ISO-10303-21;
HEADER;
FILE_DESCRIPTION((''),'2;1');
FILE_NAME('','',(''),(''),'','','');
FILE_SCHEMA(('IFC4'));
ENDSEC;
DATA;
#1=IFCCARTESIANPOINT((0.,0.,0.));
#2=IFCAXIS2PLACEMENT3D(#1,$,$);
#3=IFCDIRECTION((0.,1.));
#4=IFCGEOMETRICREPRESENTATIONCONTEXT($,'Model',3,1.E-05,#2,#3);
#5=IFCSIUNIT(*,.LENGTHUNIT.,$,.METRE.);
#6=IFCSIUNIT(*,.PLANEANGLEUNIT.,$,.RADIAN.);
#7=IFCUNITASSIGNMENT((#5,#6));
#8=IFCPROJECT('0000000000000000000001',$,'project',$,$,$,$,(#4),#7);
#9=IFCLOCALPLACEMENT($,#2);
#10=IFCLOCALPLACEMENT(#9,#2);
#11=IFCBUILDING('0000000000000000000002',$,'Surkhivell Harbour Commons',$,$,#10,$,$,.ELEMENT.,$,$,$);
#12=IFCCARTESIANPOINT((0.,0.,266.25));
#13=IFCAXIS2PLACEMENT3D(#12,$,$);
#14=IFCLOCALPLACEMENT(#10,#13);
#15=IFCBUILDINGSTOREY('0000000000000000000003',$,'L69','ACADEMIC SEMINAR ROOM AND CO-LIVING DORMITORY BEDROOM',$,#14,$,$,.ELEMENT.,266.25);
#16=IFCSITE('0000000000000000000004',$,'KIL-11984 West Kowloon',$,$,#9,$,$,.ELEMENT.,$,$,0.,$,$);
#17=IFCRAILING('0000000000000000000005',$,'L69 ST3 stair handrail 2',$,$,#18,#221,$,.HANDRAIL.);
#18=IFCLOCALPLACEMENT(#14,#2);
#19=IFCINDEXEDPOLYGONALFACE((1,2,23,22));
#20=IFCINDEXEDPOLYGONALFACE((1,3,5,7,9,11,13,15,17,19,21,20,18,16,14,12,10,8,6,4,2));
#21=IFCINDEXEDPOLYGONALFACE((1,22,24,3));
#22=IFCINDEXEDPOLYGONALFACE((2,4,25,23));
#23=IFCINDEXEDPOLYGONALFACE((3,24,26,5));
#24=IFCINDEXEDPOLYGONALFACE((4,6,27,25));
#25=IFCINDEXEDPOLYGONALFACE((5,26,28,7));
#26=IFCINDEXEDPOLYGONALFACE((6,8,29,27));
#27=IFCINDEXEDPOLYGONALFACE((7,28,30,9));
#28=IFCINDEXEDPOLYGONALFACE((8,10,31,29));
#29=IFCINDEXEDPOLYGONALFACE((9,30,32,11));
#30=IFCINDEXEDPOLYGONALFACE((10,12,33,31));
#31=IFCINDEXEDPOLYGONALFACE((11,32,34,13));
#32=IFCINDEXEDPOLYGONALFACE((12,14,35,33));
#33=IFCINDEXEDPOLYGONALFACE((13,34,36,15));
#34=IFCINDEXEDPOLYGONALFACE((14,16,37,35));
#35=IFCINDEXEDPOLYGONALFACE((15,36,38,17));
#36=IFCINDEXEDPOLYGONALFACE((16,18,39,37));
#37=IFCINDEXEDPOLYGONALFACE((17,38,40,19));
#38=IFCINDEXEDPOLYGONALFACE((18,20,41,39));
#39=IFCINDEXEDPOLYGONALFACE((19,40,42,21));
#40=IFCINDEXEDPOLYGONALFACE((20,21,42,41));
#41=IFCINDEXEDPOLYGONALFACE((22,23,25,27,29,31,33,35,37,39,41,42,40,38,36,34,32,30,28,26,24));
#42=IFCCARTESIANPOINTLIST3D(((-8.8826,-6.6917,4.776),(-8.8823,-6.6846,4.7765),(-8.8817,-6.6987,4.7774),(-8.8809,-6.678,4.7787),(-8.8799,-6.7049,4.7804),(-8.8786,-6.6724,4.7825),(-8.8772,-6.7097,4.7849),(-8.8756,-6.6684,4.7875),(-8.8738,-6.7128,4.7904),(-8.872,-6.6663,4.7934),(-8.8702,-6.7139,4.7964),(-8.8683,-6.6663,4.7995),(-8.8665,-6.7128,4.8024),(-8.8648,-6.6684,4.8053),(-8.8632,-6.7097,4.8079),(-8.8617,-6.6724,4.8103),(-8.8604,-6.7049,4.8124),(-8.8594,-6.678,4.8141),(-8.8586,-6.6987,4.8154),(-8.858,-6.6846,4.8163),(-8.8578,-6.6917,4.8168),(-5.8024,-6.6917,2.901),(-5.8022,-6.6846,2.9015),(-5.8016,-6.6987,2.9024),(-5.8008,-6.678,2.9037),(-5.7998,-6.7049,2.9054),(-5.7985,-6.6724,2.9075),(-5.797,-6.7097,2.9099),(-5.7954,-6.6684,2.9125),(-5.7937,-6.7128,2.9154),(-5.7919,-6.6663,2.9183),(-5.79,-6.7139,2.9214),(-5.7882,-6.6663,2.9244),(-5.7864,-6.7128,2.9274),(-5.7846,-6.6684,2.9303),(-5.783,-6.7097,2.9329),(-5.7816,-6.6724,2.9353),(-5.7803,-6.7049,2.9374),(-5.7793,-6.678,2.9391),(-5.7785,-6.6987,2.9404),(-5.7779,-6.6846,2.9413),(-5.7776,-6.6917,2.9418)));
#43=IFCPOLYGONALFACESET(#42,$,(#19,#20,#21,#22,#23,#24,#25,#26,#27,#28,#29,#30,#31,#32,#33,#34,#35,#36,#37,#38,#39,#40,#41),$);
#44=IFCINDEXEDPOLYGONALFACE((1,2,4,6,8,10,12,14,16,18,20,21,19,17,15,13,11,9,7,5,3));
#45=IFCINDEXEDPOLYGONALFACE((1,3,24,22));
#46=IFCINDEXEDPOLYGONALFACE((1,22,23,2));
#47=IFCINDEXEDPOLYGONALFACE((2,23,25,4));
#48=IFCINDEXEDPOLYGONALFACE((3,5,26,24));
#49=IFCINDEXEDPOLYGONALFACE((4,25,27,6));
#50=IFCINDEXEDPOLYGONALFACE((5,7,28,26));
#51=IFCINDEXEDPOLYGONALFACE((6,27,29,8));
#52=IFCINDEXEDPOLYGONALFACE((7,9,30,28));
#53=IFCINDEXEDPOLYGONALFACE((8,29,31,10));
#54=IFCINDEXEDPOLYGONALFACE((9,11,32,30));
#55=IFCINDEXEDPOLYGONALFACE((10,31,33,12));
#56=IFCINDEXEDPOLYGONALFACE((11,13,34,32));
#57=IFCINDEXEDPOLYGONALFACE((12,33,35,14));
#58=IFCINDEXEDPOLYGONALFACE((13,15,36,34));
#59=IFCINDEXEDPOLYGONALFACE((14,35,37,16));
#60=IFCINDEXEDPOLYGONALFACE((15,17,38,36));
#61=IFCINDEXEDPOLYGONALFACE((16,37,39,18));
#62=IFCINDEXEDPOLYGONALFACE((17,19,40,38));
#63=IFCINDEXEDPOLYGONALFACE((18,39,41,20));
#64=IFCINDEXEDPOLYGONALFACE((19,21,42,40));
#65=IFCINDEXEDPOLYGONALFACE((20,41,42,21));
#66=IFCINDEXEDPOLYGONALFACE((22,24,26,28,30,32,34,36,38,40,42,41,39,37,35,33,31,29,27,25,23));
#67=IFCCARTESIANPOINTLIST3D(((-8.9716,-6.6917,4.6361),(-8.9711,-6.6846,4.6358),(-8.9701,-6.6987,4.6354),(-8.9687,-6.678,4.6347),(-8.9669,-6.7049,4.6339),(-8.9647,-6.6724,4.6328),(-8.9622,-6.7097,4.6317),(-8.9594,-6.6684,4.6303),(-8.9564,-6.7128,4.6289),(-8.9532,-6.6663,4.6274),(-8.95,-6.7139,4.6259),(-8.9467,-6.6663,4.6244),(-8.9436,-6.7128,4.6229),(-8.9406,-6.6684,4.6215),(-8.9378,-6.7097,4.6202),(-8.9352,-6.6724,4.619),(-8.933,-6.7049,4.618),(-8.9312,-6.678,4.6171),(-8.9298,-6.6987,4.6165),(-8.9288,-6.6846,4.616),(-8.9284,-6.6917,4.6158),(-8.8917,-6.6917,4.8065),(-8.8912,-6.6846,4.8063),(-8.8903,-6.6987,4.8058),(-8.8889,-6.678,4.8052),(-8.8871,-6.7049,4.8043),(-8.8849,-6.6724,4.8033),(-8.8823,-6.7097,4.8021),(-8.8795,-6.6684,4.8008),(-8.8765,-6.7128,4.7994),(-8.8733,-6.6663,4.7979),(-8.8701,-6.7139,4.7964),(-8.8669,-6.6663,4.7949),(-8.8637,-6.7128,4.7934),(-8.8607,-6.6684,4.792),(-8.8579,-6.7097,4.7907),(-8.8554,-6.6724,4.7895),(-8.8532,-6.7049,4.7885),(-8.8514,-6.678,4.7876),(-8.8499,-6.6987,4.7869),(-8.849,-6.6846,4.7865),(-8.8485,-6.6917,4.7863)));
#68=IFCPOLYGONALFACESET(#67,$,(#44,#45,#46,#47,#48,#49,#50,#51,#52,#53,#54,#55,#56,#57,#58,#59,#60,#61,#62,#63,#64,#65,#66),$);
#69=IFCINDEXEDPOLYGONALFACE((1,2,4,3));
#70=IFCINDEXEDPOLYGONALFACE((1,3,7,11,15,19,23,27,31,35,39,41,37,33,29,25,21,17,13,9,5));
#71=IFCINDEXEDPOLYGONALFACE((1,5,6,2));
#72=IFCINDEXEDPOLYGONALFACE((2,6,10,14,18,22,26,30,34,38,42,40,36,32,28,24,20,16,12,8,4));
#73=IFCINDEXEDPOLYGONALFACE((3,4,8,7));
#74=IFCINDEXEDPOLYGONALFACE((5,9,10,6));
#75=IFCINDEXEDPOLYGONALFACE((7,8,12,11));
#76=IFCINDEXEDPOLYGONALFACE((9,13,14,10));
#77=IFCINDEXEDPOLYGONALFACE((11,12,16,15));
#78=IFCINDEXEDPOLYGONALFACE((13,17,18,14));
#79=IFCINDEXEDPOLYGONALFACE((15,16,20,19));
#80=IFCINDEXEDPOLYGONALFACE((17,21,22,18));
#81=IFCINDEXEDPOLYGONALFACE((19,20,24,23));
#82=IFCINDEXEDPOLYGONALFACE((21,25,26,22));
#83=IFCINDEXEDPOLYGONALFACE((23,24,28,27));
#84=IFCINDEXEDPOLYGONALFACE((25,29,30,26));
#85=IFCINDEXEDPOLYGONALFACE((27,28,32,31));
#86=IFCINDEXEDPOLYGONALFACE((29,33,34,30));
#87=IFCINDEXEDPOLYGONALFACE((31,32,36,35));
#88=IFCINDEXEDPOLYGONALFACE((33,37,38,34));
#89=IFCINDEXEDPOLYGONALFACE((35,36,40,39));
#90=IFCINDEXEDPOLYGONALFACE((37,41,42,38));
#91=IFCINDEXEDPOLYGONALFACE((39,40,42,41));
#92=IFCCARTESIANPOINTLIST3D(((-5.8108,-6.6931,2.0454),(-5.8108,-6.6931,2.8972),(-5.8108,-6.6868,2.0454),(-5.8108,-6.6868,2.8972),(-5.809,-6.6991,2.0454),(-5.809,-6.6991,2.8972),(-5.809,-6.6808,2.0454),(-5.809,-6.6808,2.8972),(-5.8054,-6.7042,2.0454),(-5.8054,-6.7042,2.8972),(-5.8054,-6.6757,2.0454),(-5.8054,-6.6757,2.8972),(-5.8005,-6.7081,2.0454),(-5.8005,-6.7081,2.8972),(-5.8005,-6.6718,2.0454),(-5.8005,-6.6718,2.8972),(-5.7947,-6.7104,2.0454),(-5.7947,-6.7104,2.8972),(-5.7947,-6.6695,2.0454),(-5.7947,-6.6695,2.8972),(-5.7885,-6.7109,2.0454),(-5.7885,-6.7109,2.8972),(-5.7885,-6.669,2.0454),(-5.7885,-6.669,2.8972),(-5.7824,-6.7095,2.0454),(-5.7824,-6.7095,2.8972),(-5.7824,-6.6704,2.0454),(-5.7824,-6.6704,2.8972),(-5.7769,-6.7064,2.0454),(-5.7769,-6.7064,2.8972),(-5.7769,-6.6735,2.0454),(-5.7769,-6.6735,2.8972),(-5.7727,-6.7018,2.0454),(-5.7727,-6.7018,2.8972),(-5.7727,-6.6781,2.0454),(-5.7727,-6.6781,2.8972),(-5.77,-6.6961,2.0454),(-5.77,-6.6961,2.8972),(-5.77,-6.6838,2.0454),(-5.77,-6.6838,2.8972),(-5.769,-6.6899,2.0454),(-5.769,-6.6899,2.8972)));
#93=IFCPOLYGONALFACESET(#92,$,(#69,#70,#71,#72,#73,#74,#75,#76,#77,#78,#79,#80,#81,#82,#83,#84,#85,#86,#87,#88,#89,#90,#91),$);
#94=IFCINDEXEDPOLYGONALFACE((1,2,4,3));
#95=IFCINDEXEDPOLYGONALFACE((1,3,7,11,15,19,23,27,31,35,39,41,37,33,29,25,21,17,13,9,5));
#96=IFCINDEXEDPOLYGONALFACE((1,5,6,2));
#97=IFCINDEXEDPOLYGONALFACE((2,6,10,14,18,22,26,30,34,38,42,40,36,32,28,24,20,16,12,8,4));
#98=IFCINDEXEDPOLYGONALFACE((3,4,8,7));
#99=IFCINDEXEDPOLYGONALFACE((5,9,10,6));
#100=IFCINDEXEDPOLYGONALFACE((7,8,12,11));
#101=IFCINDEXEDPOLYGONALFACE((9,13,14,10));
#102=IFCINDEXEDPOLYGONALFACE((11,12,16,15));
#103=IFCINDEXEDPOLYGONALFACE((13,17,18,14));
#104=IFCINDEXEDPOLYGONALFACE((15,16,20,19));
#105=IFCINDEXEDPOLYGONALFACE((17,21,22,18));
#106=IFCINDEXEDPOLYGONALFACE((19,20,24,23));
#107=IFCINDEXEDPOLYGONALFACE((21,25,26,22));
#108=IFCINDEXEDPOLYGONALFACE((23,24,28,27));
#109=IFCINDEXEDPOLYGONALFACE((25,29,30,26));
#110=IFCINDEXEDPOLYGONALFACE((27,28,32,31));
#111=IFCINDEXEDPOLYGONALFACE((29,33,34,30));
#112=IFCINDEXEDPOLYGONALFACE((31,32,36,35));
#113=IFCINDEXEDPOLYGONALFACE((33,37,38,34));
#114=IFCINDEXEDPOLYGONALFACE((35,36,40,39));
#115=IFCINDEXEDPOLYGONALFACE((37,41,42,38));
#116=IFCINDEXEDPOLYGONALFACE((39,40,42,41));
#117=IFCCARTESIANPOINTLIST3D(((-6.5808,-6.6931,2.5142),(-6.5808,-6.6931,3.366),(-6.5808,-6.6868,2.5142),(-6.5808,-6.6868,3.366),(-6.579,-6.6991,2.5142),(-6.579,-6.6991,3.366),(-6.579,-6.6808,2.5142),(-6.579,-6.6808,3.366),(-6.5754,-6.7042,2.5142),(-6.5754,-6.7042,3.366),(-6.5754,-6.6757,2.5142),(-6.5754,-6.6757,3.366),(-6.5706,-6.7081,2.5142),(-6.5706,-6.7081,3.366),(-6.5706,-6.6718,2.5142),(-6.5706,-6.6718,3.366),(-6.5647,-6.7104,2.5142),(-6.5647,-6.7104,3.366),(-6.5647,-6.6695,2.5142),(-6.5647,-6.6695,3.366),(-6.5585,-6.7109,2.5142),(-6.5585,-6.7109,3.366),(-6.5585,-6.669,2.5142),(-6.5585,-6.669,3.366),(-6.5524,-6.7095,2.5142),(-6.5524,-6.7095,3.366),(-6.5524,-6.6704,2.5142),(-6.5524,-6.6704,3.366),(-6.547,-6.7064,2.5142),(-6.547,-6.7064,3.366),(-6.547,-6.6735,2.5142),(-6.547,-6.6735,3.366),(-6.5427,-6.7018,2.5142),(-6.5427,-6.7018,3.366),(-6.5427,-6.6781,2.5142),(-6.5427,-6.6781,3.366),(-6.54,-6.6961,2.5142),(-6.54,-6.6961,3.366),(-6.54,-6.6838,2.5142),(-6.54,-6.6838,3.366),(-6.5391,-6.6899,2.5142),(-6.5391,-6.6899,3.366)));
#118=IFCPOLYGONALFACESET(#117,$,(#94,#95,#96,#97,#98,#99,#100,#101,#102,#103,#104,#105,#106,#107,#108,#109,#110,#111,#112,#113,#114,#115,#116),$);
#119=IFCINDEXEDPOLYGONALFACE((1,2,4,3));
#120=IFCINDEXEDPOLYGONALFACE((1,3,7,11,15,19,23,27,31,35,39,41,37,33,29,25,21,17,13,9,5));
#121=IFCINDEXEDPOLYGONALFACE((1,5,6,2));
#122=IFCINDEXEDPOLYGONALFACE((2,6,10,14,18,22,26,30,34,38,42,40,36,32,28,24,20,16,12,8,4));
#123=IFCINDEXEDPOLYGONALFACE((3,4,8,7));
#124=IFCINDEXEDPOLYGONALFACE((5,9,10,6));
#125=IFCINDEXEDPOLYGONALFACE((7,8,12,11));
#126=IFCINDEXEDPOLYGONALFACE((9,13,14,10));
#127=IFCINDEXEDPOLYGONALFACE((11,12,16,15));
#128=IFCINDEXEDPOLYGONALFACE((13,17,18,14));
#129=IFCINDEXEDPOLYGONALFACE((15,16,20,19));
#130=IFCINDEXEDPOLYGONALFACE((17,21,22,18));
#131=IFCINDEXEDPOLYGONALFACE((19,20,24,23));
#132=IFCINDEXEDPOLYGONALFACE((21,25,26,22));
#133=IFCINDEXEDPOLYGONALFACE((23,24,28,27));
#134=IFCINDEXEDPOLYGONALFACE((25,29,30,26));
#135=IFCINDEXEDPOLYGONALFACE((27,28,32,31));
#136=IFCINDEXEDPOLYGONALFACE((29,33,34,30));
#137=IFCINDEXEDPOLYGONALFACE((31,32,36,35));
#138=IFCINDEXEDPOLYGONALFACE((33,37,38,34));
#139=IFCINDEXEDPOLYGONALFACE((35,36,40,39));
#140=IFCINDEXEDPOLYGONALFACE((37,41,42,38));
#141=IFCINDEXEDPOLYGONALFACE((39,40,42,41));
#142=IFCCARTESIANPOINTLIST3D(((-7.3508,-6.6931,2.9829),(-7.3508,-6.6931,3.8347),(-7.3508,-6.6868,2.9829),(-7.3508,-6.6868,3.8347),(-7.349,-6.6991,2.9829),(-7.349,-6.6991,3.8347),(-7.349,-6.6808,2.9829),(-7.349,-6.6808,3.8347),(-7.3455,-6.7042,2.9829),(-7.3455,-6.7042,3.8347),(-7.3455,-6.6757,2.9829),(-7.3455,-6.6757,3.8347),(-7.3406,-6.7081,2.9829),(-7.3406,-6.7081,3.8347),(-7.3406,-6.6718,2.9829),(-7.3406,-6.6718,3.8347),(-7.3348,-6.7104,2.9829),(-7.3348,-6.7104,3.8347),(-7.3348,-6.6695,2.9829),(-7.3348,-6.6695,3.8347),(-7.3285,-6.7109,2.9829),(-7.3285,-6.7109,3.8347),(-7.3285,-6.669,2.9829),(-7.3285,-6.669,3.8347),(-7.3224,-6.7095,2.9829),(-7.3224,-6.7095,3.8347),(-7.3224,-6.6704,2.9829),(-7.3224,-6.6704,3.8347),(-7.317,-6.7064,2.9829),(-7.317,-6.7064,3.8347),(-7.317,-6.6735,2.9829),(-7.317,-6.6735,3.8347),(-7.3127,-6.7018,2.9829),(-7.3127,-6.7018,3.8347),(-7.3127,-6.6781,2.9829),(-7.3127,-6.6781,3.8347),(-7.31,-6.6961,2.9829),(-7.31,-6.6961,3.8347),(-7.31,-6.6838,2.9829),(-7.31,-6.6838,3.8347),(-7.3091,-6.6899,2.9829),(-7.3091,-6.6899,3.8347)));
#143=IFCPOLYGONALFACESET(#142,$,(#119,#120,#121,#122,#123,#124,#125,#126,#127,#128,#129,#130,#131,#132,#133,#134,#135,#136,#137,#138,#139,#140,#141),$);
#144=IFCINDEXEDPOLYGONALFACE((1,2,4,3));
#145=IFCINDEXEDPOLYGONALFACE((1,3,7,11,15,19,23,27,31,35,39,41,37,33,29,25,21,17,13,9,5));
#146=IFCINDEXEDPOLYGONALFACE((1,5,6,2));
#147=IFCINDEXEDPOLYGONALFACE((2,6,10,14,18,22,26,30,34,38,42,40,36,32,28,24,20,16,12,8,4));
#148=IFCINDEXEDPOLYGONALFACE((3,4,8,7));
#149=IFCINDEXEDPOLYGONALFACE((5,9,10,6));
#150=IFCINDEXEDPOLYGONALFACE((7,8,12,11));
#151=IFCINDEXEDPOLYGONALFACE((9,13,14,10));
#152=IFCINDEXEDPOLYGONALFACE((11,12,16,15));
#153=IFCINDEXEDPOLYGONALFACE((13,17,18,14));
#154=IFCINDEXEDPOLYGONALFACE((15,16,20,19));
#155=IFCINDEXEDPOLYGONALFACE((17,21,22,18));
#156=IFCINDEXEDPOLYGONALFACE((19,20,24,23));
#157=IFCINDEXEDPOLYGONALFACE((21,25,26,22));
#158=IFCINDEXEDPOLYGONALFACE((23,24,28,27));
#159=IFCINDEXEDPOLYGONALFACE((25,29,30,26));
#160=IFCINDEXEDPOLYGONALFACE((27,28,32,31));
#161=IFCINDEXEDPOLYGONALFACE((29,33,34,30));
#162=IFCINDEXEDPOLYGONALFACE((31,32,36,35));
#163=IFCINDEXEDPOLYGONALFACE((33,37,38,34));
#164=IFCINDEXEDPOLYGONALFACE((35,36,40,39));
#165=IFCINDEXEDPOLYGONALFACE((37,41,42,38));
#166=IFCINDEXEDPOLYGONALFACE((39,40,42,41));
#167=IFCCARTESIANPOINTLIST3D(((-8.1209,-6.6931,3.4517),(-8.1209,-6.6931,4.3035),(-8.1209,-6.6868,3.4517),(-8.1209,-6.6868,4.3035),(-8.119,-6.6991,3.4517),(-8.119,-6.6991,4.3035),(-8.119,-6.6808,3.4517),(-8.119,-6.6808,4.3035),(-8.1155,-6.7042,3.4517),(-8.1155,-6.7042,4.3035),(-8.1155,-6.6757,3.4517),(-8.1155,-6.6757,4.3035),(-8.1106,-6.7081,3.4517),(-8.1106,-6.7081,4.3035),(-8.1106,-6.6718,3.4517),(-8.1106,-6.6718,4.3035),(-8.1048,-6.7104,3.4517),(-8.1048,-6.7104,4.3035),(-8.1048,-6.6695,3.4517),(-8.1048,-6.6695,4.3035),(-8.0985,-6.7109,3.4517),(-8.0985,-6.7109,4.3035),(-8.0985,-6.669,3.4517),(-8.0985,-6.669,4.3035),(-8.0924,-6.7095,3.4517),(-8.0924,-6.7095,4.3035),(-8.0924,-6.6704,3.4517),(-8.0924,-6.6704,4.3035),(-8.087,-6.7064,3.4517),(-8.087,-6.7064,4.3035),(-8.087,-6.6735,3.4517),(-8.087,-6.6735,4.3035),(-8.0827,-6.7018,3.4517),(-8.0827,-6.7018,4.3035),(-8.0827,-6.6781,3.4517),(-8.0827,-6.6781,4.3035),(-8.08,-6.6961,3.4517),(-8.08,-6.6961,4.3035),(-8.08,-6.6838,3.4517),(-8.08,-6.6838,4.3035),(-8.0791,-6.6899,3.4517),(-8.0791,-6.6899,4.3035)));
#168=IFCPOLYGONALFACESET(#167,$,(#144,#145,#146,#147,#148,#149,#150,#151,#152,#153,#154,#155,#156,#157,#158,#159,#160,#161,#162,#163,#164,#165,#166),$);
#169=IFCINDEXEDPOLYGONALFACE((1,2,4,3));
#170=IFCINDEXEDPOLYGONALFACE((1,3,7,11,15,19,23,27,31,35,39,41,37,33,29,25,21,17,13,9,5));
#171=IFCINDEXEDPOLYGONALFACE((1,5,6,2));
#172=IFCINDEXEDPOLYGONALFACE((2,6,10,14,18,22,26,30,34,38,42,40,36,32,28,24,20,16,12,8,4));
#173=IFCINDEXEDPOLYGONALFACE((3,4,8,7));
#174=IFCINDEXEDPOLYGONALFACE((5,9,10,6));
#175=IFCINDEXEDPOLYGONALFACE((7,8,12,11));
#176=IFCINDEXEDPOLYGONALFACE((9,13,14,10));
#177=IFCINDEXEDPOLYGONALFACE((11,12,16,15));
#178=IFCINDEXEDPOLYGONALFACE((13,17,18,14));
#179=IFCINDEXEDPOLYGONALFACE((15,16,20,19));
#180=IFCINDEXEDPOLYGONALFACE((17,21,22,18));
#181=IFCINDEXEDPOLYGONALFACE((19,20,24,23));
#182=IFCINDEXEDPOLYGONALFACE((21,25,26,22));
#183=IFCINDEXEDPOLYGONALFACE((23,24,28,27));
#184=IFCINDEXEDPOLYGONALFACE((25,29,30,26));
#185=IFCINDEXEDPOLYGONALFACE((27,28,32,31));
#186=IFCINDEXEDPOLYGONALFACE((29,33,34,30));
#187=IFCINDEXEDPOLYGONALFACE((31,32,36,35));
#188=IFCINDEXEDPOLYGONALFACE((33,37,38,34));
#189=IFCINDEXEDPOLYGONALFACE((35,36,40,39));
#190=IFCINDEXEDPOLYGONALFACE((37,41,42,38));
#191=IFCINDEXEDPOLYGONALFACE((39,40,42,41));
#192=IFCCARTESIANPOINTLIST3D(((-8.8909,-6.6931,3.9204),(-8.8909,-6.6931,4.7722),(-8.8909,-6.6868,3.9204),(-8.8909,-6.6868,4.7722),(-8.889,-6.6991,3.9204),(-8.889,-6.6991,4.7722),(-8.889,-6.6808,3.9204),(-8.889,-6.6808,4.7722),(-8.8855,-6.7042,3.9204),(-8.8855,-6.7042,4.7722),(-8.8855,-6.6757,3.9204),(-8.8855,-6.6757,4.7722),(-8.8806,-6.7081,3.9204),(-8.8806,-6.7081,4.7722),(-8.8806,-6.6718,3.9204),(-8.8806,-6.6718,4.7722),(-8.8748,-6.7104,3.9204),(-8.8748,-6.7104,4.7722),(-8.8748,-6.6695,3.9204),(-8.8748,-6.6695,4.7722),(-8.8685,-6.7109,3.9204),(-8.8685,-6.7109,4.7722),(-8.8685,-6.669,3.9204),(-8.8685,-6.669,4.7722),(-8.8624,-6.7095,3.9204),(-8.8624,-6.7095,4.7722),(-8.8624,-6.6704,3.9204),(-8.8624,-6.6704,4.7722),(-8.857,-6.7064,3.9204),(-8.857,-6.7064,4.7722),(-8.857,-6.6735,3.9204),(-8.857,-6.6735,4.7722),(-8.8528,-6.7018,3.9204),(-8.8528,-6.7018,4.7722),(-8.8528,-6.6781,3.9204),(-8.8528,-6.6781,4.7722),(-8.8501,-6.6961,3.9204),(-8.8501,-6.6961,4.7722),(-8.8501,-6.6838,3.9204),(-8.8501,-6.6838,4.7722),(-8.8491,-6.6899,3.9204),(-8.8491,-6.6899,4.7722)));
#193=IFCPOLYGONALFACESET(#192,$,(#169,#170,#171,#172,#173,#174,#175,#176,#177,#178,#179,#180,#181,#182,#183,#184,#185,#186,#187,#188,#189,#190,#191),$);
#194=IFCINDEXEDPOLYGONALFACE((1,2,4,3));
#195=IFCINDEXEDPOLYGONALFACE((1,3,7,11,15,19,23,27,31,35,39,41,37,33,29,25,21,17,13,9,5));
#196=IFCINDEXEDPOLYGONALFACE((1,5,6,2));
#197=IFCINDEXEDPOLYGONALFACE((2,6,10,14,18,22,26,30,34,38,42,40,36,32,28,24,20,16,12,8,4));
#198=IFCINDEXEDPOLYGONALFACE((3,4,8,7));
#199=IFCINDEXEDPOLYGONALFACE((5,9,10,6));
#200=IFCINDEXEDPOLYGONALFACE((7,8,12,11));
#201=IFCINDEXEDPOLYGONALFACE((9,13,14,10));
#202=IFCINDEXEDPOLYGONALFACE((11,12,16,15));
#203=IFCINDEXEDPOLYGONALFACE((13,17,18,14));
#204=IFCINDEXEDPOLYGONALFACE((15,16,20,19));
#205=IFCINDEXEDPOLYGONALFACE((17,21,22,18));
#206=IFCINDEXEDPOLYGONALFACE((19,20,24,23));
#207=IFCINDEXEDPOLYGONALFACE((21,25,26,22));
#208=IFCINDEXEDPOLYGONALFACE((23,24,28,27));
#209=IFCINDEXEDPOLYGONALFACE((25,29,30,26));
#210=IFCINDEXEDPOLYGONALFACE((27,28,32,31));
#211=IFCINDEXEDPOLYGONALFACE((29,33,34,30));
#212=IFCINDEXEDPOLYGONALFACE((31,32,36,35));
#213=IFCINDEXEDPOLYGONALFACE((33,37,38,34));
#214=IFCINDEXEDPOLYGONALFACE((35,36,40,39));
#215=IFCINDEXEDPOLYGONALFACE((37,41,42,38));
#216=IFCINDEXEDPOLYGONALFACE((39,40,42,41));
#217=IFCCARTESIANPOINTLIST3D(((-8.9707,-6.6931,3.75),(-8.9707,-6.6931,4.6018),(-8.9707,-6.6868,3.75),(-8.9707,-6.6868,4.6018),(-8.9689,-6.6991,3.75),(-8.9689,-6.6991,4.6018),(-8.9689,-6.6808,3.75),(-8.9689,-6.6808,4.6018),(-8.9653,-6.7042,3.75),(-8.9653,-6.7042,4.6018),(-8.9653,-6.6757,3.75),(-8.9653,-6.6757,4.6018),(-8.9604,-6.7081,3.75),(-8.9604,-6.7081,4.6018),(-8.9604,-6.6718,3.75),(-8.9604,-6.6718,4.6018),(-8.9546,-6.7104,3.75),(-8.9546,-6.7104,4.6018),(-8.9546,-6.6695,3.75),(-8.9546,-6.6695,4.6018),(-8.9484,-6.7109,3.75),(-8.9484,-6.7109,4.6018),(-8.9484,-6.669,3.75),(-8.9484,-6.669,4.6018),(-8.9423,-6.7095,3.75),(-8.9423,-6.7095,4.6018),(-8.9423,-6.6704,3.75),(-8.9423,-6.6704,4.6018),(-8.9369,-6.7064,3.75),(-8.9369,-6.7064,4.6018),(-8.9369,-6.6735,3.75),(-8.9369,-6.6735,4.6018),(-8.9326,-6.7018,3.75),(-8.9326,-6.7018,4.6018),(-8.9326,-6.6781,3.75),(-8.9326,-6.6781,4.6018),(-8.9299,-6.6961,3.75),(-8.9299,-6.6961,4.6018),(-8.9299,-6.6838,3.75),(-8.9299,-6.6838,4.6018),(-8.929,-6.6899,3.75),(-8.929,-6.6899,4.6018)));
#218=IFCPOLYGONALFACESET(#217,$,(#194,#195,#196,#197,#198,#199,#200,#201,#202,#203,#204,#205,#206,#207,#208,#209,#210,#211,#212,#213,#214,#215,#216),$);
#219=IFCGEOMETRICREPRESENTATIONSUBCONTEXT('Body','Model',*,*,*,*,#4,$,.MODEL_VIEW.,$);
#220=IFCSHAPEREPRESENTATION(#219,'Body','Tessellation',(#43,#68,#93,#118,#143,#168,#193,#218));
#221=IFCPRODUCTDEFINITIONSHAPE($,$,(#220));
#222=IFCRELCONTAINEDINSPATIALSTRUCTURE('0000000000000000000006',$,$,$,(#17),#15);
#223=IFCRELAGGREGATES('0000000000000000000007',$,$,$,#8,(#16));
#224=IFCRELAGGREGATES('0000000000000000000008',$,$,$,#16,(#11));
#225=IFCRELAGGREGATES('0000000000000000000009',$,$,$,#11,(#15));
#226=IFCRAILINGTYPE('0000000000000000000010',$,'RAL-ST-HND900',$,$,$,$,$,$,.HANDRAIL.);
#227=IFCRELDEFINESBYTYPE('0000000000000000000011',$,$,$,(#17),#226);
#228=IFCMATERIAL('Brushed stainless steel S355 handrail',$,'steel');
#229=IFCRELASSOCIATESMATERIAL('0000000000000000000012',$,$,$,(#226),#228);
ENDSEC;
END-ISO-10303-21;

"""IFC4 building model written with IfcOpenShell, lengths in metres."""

from ifc_helpers import new_model, si_unit, direction, frame, origin, origin_2d, place, context, subcontext, project, spatial, circle, extrude, material, type_object, element, save


model = new_model("IFC4")

# Units and contexts
model_context = context("Model", 3, precision=1e-05, world=origin(), true_north=direction((0.0, 1.0)))
body_context = subcontext(model_context, "Body", "Model", "MODEL_VIEW")
ifc_project = project(units=[si_unit("LENGTHUNIT", "METRE"), si_unit("PLANEANGLEUNIT", "RADIAN")], contexts=[model_context])

# Site, building, storey
site_placement = place(None, origin())
site = spatial("IfcSite", under=ifc_project, at=site_placement, Name="KIL-11984 West Kowloon", CompositionType="ELEMENT", RefElevation=0.0)
building_placement = place(site_placement, origin())
building = spatial("IfcBuilding", under=site, at=building_placement, Name="Surkhivell Harbour Commons", CompositionType="ELEMENT")
storey_placement = place(building_placement, frame((0.0, 0.0, 266.25)))
storey = spatial("IfcBuildingStorey", under=building, at=storey_placement, Name="L69", Description="ACADEMIC SEMINAR ROOM AND CO-LIVING DORMITORY BEDROOM", CompositionType="ELEMENT", Elevation=266.25)

# Railing
ifc_material_1 = material(Name="Brushed stainless steel S355 handrail", Category="steel")
railing_type_1 = type_object("IfcRailingType", Name="RAL-ST-HND900", PredefinedType="HANDRAIL", material=ifc_material_1)
railing_1_placement = place(storey_placement, frame((-5.79, -6.6899, 2.0454)))
element("IfcRailing", 1, at=railing_1_placement, inside=storey, type_object=railing_type_1, Name="L69 ST3 stair handrail 2", PredefinedType="HANDRAIL", context=body_context, shape_type="SweptSolid", body=[
    extrude(circle(Radius=0.0239, at=origin_2d()), frame((0.0, 0.0, 0.876), z_axis=(-0.854178, 0.0, 0.519981), x_axis=(0.0, -1.0, 0.0)), (0.0, 0.0, 1.0), 3.606),
    extrude(circle(Radius=0.0239, at=origin_2d()), frame((-3.0801, 0.0, 2.751), z_axis=(-0.424234, 0.0, -0.905552), x_axis=(0.0, -1.0, 0.0)), (0.0, 0.0, 1.0), 0.1882),
    extrude(circle(Radius=0.021, at=origin_2d()), origin(), (0.0, 0.0, 1.0), 0.8518),
    extrude(circle(Radius=0.021, at=origin_2d()), frame((-0.77, 0.0, 0.4688)), (0.0, 0.0, 1.0), 0.8518),
    extrude(circle(Radius=0.021, at=origin_2d()), frame((-1.54, 0.0, 0.9375)), (0.0, 0.0, 1.0), 0.8518),
    extrude(circle(Radius=0.021, at=origin_2d()), frame((-2.3101, 0.0, 1.4062)), (0.0, 0.0, 1.0), 0.8518),
    extrude(circle(Radius=0.021, at=origin_2d()), frame((-3.0801, 0.0, 1.875)), (0.0, 0.0, 1.0), 0.8518),
    extrude(circle(Radius=0.021, at=origin_2d()), frame((-3.1599, 0.0, 1.7046)), (0.0, 0.0, 1.0), 0.8518),
])

save(model, "model.ifc")
